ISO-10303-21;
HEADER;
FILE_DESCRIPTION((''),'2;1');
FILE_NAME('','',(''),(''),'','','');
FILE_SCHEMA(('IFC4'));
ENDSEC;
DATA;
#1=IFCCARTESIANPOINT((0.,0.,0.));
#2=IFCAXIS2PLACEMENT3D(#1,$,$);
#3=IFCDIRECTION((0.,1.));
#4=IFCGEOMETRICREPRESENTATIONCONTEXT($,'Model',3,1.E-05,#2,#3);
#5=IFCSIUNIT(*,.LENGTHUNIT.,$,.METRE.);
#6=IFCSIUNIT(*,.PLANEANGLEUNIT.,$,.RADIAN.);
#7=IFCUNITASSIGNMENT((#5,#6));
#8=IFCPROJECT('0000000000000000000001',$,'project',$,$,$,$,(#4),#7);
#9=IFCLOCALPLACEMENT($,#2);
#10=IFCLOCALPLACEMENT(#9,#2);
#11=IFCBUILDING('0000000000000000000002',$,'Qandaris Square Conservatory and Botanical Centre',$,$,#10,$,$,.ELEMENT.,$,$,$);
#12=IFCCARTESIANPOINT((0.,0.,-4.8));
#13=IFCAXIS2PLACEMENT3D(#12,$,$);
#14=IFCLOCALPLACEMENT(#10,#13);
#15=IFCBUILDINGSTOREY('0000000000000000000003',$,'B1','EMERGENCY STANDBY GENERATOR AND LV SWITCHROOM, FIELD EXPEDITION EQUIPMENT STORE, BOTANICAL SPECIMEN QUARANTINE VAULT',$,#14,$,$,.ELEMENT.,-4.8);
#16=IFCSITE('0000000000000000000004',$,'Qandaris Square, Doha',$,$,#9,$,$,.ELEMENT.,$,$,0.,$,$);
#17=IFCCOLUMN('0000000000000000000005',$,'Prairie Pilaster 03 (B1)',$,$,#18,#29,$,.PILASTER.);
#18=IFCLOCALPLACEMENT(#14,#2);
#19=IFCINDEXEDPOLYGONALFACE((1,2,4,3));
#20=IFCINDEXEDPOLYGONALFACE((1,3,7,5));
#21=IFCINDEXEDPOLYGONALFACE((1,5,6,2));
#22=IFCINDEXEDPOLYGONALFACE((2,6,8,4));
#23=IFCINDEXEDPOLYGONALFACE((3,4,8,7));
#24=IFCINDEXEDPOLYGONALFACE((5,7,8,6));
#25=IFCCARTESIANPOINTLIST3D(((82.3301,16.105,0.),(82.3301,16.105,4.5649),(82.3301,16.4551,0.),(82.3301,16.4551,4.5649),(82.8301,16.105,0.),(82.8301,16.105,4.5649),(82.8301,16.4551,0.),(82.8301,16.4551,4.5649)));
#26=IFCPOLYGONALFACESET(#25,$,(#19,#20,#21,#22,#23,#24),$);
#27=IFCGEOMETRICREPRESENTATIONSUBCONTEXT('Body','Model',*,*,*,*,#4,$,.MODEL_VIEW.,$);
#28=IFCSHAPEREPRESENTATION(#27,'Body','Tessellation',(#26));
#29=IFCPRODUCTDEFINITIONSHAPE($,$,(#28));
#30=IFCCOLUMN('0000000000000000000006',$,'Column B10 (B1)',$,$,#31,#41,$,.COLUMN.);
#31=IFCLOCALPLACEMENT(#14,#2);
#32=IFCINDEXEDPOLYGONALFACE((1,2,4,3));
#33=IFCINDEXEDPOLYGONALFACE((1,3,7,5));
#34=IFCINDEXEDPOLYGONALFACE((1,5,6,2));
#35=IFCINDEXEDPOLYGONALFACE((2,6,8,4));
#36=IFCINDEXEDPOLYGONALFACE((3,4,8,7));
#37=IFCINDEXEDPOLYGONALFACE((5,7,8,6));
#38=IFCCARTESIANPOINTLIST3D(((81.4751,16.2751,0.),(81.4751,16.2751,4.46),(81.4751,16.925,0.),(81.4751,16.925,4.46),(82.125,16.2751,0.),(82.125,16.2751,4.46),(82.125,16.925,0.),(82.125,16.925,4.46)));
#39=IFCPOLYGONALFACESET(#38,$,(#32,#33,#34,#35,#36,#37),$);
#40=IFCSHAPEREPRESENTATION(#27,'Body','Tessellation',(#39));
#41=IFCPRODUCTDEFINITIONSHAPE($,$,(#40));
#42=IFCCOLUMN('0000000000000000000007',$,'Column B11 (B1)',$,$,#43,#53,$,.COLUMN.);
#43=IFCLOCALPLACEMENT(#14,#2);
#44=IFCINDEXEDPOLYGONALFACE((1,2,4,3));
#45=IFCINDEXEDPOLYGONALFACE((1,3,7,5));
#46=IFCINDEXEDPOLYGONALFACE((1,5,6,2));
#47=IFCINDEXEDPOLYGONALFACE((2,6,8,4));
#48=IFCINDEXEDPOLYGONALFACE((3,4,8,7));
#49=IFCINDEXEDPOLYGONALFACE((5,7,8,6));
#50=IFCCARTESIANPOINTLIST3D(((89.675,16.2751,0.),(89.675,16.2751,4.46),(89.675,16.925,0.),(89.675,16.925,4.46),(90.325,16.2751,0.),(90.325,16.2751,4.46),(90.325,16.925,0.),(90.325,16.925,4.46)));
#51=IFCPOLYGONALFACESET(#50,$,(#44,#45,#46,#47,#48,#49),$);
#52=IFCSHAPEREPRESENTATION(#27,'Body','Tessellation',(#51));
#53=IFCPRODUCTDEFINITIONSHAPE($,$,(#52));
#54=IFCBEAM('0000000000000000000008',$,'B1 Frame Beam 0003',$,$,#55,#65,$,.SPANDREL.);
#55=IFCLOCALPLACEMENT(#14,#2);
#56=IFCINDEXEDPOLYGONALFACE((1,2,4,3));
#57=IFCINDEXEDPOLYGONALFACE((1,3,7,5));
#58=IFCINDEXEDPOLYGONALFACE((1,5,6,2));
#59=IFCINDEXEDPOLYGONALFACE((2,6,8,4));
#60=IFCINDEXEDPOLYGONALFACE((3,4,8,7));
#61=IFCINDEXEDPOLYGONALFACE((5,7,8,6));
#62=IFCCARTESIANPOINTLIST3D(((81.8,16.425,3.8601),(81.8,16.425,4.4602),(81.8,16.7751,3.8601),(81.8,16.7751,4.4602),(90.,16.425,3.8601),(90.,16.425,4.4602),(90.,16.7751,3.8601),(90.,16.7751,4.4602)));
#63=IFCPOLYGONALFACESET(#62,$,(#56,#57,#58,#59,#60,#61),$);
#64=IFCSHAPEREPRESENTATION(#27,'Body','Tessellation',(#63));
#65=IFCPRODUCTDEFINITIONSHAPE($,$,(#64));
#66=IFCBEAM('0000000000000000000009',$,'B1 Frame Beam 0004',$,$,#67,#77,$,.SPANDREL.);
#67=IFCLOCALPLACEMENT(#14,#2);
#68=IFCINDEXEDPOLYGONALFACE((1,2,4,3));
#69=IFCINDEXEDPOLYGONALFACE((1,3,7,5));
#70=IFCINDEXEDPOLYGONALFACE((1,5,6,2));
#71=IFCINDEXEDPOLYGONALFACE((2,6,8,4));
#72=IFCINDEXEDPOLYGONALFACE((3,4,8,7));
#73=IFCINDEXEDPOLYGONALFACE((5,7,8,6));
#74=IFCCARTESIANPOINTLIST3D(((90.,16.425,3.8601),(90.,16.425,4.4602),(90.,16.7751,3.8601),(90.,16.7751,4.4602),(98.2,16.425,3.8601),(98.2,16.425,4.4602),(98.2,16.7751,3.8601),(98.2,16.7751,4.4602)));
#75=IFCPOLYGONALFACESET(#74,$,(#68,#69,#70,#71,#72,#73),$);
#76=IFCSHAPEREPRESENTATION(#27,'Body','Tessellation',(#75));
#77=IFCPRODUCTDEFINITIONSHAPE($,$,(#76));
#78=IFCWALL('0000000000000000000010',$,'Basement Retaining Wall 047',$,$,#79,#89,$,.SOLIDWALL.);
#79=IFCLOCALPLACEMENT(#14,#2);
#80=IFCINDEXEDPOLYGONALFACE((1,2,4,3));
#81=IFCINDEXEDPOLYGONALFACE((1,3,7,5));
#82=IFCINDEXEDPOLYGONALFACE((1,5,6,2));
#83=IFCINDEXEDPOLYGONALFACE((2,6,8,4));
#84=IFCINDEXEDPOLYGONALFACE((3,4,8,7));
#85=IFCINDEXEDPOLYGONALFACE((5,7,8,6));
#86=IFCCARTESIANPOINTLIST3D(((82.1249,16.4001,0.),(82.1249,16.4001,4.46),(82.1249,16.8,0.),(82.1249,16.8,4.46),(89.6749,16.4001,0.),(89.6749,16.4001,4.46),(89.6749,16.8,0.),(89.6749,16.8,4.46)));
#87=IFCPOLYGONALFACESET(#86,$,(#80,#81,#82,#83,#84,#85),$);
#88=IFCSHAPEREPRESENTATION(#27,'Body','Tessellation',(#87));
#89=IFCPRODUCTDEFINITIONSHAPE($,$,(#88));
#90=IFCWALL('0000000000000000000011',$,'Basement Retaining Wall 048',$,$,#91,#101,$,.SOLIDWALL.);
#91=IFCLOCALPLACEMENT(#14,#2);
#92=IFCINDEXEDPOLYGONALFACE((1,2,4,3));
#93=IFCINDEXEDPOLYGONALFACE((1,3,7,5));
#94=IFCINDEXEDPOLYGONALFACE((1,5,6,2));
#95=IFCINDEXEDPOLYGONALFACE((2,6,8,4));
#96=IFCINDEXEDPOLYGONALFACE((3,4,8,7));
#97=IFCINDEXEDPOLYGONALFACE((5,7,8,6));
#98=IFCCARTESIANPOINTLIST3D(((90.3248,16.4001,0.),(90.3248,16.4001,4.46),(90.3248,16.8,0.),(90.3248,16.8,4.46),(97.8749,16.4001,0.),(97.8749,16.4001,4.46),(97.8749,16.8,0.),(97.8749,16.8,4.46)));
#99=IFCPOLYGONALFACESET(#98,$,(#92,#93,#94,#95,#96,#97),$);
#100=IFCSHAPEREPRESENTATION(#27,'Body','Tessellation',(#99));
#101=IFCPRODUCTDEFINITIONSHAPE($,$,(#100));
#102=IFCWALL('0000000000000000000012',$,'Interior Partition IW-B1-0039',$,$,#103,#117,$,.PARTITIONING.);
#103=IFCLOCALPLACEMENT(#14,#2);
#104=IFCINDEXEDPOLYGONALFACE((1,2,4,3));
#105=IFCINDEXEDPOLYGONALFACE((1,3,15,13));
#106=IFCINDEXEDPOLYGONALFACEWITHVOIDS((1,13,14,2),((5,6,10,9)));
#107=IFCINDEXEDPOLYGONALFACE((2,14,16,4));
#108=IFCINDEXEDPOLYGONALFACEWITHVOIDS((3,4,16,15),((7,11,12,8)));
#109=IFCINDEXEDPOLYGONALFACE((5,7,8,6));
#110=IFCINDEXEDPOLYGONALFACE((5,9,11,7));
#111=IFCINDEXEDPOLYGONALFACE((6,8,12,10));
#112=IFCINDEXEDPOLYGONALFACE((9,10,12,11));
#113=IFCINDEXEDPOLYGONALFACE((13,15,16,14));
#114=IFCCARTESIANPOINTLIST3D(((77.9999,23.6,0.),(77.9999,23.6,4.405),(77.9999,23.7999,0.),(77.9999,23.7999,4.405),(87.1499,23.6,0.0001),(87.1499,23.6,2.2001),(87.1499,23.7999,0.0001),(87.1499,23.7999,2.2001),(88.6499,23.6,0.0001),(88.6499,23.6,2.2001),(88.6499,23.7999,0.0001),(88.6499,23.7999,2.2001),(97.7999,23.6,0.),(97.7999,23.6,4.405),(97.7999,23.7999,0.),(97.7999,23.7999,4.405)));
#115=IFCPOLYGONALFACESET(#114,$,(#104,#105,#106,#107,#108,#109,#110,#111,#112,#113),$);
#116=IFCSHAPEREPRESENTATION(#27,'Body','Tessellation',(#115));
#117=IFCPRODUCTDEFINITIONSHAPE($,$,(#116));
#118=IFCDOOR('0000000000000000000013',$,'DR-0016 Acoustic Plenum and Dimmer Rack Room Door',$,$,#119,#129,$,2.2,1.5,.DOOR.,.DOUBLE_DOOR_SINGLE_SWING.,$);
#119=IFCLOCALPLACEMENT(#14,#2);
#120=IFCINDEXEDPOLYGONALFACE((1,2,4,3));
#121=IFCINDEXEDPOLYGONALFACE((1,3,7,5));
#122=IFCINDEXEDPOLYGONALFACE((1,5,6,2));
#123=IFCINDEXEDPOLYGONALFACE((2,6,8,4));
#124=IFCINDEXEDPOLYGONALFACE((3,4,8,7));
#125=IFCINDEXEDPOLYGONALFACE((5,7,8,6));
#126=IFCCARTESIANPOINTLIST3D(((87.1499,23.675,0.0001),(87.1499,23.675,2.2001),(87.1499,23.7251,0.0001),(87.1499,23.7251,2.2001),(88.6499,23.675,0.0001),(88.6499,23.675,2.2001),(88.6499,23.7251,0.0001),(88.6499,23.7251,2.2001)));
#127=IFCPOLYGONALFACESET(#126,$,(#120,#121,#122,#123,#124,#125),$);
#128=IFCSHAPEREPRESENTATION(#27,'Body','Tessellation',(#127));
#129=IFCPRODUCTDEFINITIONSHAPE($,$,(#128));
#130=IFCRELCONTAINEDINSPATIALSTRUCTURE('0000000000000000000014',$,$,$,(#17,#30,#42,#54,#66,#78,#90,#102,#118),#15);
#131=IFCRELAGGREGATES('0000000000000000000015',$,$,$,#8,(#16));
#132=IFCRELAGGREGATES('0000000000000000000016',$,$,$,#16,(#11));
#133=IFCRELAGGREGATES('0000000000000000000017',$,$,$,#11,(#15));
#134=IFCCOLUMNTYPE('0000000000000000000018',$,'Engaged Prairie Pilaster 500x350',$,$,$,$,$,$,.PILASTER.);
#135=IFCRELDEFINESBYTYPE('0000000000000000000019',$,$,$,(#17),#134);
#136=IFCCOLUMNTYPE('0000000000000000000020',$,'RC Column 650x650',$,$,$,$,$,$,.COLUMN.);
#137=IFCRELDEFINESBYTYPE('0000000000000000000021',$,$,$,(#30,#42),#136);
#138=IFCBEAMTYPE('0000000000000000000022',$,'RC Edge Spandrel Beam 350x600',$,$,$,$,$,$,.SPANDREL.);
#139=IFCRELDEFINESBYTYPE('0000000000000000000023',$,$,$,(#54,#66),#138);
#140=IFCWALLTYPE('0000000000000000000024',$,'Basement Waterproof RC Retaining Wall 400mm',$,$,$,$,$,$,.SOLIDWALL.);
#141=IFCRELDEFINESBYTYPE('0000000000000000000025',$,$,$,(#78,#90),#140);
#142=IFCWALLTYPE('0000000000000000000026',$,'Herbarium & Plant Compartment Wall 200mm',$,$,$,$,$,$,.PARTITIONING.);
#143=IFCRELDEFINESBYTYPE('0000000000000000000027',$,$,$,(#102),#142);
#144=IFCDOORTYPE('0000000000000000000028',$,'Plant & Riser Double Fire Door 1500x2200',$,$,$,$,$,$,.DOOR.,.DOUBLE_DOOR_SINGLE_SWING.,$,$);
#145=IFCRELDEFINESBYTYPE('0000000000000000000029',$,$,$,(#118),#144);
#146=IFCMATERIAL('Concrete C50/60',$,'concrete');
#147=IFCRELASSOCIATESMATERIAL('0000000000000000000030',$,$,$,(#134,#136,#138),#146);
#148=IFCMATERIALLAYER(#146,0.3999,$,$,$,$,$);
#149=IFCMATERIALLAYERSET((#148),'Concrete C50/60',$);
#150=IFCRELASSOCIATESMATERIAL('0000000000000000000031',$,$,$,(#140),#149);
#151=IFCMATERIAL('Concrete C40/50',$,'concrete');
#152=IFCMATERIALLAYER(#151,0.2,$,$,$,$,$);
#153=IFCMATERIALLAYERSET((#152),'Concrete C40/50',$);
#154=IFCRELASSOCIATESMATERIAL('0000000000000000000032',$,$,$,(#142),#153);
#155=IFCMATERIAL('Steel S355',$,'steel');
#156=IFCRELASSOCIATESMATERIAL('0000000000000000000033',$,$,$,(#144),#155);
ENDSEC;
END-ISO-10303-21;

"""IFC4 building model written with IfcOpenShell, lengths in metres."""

from ifc_helpers import new_model, si_unit, direction, frame, frame_2d, origin, origin_2d, place, context, subcontext, project, spatial, rectangle, extrude, material, layer, layer_set, material_profile, profile_set, type_object, element, fill, save


model = new_model("IFC4")

# Units and contexts
model_context = context("Model", 3, precision=1e-05, world=origin(), true_north=direction((0.0, 1.0)))
body_context = subcontext(model_context, "Body", "Model", "MODEL_VIEW")
ifc_project = project(units=[si_unit("LENGTHUNIT", "METRE"), si_unit("PLANEANGLEUNIT", "RADIAN")], contexts=[model_context])

# Site, building, storey
site_placement = place(None, origin())
site = spatial("IfcSite", under=ifc_project, at=site_placement, Name="Qandaris Square, Doha", CompositionType="ELEMENT", RefElevation=0.0)
building_placement = place(site_placement, origin())
building = spatial("IfcBuilding", under=site, at=building_placement, Name="Qandaris Square Conservatory and Botanical Centre", CompositionType="ELEMENT")
storey_placement = place(building_placement, frame((0.0, 0.0, -4.8)))
storey = spatial("IfcBuildingStorey", under=building, at=storey_placement, Name="B1", Description="EMERGENCY STANDBY GENERATOR AND LV SWITCHROOM, FIELD EXPEDITION EQUIPMENT STORE, BOTANICAL SPECIMEN QUARANTINE VAULT", CompositionType="ELEMENT", Elevation=-4.8)

# Shared definitions
ifc_material_1 = material(Name="Concrete C50/60", Category="concrete")

# Shared definitions
ifc_material_2 = material(Name="Concrete C40/50", Category="concrete")

# Columns
ifc_material_profile_1 = material_profile(ifc_material_1, rectangle(XDim=0.5, YDim=0.3501, at=origin_2d()), Name="RC-PIL 500x350")
ifc_profile_set_1 = profile_set([ifc_material_profile_1], Name="Concrete C50/60")
column_type_1 = type_object("IfcColumnType", Name="Engaged Prairie Pilaster 500x350", PredefinedType="PILASTER", material=ifc_profile_set_1)
column_placement = place(storey_placement, frame((82.5801, 16.28, 0.0), z_axis=(0.0, 0.0, 1.0), x_axis=(1.0, 0.0, 0.0)))
element("IfcColumn", 1, at=column_placement, inside=storey, type_object=column_type_1, Name="Prairie Pilaster 03 (B1)", PredefinedType="PILASTER", context=body_context, shape_type="SweptSolid", body=[
    extrude(rectangle(XDim=0.5, YDim=0.3501, at=origin_2d()), origin(), (0.0, 0.0, 1.0), 4.5649),
])
ifc_material_profile_2 = material_profile(ifc_material_1, rectangle(XDim=0.6499, YDim=0.6499, at=origin_2d()), Name="RC-COL 650x650")
ifc_profile_set_2 = profile_set([ifc_material_profile_2], Name="Concrete C50/60")
column_type_2 = type_object("IfcColumnType", Name="RC Column 650x650", PredefinedType="COLUMN", material=ifc_profile_set_2)
for number, where, z_axis, x_axis, name in (
    (2, (81.8, 16.6001, 0.0), (0.0, 0.0, 1.0), (1.0, 0.0, 0.0), "Column B10 (B1)"),
    (3, (90.0, 16.6001, 0.0), (0.0, 0.0, 1.0), (1.0, 0.0, 0.0), "Column B11 (B1)"),
):
    element("IfcColumn", number, at=place(storey_placement, frame(where, z_axis=z_axis, x_axis=x_axis)), inside=storey, type_object=column_type_2, Name=name, PredefinedType="COLUMN", context=body_context, shape_type="SweptSolid", body=[
        extrude(rectangle(XDim=0.6499, YDim=0.6499, at=origin_2d()), origin(), (0.0, 0.0, 1.0), 4.46),
    ])

# Beams
ifc_material_profile_3 = material_profile(ifc_material_1, rectangle(XDim=0.3501, YDim=0.6001, at=origin_2d()), Name="RC-SP 350x600")
ifc_profile_set_3 = profile_set([ifc_material_profile_3], Name="Concrete C50/60")
beam_type = type_object("IfcBeamType", Name="RC Edge Spandrel Beam 350x600", PredefinedType="SPANDREL", material=ifc_profile_set_3)
for number, where, z_axis, x_axis, name in (
    (4, (81.8, 16.6001, 4.1602), (1.0, 0.0, 0.0), (0.0, 1.0, 0.0), "B1 Frame Beam 0003"),
    (5, (90.0, 16.6001, 4.1602), (1.0, 0.0, 0.0), (0.0, 1.0, 0.0), "B1 Frame Beam 0004"),
):
    element("IfcBeam", number, at=place(storey_placement, frame(where, z_axis=z_axis, x_axis=x_axis)), inside=storey, type_object=beam_type, Name=name, PredefinedType="SPANDREL", context=body_context, shape_type="SweptSolid", body=[
        extrude(rectangle(XDim=0.3501, YDim=0.6001, at=origin_2d()), origin(), (0.0, 0.0, 1.0), 8.2),
    ])

# Walls
ifc_layer_1 = layer(ifc_material_1, 0.3999)
ifc_layer_set_1 = layer_set([ifc_layer_1], Name="Concrete C50/60")
wall_type_1 = type_object("IfcWallType", Name="Basement Waterproof RC Retaining Wall 400mm", PredefinedType="SOLIDWALL", material=ifc_layer_set_1)
for number, where, z_axis, x_axis, name in (
    (6, (82.125, 16.6001, 0.0), (0.0, 0.0, 1.0), (1.0, 0.0, 0.0), "Basement Retaining Wall 047"),
    (7, (90.325, 16.6001, 0.0), (0.0, 0.0, 1.0), (1.0, 0.0, 0.0), "Basement Retaining Wall 048"),
):
    element("IfcWall", number, at=place(storey_placement, frame(where, z_axis=z_axis, x_axis=x_axis)), inside=storey, type_object=wall_type_1, Name=name, PredefinedType="SOLIDWALL", context=body_context, shape_type="SweptSolid", body=[
        extrude(rectangle(XDim=7.55, YDim=0.3999, at=frame_2d((3.7749, 0.0))), origin(), (0.0, 0.0, 1.0), 4.46),
    ])

# Wall, opening, door
ifc_layer_2 = layer(ifc_material_2, 0.2)
ifc_layer_set_2 = layer_set([ifc_layer_2], Name="Concrete C40/50")
wall_type_2 = type_object("IfcWallType", Name="Herbarium & Plant Compartment Wall 200mm", PredefinedType="PARTITIONING", material=ifc_layer_set_2)
wall_placement = place(storey_placement, frame((78.0, 23.7, 0.0), z_axis=(0.0, 0.0, 1.0), x_axis=(1.0, 0.0, 0.0)))
wall = element("IfcWall", 8, at=wall_placement, inside=storey, type_object=wall_type_2, Name="Interior Partition IW-B1-0039", PredefinedType="PARTITIONING", context=body_context, shape_type="SweptSolid", body=[
    extrude(rectangle(XDim=19.8, YDim=0.2, at=frame_2d((9.8999, 0.0))), origin(), (0.0, 0.0, 1.0), 4.405),
])
opening_placement = place(wall_placement, frame((9.1499, 0.0, 0.0)))
opening = element("IfcOpeningElement", 9, at=opening_placement, cuts=wall, PredefinedType="OPENING", context=body_context, shape_type="SweptSolid", body=[
    extrude(rectangle(XDim=1.5, YDim=2.2, at=frame_2d((0.75, 1.1001))), frame((0.0, 0.1118, 0.0), z_axis=(0.0, -1.0, 0.0), x_axis=(1.0, 0.0, 0.0)), (0.0, 0.0, 1.0), 0.2239),
])
ifc_material_3 = material(Name="Steel S355", Category="steel")
door_type = type_object("IfcDoorType", Name="Plant & Riser Double Fire Door 1500x2200", OperationType="DOUBLE_DOOR_SINGLE_SWING", PredefinedType="DOOR", material=ifc_material_3)
door_placement = place(opening_placement, frame((1.5, 0.0, 0.0), z_axis=(0.0, 0.0, 1.0), x_axis=(-1.0, 0.0, 0.0)))
door = element("IfcDoor", 10, at=door_placement, inside=storey, type_object=door_type, Name="DR-0016 Acoustic Plenum and Dimmer Rack Room Door", OperationType="DOUBLE_DOOR_SINGLE_SWING", OverallHeight=2.2, OverallWidth=1.5, PredefinedType="DOOR", context=body_context, shape_type="SweptSolid", body=[
    extrude(rectangle(XDim=1.5, YDim=2.2, at=frame_2d((0.75, 1.1001))), frame((0.0, 0.0249, 0.0), z_axis=(0.0, -1.0, 0.0), x_axis=(1.0, 0.0, 0.0)), (0.0, 0.0, 1.0), 0.05),
])
fill(opening, door)

save(model, "model.ifc")
